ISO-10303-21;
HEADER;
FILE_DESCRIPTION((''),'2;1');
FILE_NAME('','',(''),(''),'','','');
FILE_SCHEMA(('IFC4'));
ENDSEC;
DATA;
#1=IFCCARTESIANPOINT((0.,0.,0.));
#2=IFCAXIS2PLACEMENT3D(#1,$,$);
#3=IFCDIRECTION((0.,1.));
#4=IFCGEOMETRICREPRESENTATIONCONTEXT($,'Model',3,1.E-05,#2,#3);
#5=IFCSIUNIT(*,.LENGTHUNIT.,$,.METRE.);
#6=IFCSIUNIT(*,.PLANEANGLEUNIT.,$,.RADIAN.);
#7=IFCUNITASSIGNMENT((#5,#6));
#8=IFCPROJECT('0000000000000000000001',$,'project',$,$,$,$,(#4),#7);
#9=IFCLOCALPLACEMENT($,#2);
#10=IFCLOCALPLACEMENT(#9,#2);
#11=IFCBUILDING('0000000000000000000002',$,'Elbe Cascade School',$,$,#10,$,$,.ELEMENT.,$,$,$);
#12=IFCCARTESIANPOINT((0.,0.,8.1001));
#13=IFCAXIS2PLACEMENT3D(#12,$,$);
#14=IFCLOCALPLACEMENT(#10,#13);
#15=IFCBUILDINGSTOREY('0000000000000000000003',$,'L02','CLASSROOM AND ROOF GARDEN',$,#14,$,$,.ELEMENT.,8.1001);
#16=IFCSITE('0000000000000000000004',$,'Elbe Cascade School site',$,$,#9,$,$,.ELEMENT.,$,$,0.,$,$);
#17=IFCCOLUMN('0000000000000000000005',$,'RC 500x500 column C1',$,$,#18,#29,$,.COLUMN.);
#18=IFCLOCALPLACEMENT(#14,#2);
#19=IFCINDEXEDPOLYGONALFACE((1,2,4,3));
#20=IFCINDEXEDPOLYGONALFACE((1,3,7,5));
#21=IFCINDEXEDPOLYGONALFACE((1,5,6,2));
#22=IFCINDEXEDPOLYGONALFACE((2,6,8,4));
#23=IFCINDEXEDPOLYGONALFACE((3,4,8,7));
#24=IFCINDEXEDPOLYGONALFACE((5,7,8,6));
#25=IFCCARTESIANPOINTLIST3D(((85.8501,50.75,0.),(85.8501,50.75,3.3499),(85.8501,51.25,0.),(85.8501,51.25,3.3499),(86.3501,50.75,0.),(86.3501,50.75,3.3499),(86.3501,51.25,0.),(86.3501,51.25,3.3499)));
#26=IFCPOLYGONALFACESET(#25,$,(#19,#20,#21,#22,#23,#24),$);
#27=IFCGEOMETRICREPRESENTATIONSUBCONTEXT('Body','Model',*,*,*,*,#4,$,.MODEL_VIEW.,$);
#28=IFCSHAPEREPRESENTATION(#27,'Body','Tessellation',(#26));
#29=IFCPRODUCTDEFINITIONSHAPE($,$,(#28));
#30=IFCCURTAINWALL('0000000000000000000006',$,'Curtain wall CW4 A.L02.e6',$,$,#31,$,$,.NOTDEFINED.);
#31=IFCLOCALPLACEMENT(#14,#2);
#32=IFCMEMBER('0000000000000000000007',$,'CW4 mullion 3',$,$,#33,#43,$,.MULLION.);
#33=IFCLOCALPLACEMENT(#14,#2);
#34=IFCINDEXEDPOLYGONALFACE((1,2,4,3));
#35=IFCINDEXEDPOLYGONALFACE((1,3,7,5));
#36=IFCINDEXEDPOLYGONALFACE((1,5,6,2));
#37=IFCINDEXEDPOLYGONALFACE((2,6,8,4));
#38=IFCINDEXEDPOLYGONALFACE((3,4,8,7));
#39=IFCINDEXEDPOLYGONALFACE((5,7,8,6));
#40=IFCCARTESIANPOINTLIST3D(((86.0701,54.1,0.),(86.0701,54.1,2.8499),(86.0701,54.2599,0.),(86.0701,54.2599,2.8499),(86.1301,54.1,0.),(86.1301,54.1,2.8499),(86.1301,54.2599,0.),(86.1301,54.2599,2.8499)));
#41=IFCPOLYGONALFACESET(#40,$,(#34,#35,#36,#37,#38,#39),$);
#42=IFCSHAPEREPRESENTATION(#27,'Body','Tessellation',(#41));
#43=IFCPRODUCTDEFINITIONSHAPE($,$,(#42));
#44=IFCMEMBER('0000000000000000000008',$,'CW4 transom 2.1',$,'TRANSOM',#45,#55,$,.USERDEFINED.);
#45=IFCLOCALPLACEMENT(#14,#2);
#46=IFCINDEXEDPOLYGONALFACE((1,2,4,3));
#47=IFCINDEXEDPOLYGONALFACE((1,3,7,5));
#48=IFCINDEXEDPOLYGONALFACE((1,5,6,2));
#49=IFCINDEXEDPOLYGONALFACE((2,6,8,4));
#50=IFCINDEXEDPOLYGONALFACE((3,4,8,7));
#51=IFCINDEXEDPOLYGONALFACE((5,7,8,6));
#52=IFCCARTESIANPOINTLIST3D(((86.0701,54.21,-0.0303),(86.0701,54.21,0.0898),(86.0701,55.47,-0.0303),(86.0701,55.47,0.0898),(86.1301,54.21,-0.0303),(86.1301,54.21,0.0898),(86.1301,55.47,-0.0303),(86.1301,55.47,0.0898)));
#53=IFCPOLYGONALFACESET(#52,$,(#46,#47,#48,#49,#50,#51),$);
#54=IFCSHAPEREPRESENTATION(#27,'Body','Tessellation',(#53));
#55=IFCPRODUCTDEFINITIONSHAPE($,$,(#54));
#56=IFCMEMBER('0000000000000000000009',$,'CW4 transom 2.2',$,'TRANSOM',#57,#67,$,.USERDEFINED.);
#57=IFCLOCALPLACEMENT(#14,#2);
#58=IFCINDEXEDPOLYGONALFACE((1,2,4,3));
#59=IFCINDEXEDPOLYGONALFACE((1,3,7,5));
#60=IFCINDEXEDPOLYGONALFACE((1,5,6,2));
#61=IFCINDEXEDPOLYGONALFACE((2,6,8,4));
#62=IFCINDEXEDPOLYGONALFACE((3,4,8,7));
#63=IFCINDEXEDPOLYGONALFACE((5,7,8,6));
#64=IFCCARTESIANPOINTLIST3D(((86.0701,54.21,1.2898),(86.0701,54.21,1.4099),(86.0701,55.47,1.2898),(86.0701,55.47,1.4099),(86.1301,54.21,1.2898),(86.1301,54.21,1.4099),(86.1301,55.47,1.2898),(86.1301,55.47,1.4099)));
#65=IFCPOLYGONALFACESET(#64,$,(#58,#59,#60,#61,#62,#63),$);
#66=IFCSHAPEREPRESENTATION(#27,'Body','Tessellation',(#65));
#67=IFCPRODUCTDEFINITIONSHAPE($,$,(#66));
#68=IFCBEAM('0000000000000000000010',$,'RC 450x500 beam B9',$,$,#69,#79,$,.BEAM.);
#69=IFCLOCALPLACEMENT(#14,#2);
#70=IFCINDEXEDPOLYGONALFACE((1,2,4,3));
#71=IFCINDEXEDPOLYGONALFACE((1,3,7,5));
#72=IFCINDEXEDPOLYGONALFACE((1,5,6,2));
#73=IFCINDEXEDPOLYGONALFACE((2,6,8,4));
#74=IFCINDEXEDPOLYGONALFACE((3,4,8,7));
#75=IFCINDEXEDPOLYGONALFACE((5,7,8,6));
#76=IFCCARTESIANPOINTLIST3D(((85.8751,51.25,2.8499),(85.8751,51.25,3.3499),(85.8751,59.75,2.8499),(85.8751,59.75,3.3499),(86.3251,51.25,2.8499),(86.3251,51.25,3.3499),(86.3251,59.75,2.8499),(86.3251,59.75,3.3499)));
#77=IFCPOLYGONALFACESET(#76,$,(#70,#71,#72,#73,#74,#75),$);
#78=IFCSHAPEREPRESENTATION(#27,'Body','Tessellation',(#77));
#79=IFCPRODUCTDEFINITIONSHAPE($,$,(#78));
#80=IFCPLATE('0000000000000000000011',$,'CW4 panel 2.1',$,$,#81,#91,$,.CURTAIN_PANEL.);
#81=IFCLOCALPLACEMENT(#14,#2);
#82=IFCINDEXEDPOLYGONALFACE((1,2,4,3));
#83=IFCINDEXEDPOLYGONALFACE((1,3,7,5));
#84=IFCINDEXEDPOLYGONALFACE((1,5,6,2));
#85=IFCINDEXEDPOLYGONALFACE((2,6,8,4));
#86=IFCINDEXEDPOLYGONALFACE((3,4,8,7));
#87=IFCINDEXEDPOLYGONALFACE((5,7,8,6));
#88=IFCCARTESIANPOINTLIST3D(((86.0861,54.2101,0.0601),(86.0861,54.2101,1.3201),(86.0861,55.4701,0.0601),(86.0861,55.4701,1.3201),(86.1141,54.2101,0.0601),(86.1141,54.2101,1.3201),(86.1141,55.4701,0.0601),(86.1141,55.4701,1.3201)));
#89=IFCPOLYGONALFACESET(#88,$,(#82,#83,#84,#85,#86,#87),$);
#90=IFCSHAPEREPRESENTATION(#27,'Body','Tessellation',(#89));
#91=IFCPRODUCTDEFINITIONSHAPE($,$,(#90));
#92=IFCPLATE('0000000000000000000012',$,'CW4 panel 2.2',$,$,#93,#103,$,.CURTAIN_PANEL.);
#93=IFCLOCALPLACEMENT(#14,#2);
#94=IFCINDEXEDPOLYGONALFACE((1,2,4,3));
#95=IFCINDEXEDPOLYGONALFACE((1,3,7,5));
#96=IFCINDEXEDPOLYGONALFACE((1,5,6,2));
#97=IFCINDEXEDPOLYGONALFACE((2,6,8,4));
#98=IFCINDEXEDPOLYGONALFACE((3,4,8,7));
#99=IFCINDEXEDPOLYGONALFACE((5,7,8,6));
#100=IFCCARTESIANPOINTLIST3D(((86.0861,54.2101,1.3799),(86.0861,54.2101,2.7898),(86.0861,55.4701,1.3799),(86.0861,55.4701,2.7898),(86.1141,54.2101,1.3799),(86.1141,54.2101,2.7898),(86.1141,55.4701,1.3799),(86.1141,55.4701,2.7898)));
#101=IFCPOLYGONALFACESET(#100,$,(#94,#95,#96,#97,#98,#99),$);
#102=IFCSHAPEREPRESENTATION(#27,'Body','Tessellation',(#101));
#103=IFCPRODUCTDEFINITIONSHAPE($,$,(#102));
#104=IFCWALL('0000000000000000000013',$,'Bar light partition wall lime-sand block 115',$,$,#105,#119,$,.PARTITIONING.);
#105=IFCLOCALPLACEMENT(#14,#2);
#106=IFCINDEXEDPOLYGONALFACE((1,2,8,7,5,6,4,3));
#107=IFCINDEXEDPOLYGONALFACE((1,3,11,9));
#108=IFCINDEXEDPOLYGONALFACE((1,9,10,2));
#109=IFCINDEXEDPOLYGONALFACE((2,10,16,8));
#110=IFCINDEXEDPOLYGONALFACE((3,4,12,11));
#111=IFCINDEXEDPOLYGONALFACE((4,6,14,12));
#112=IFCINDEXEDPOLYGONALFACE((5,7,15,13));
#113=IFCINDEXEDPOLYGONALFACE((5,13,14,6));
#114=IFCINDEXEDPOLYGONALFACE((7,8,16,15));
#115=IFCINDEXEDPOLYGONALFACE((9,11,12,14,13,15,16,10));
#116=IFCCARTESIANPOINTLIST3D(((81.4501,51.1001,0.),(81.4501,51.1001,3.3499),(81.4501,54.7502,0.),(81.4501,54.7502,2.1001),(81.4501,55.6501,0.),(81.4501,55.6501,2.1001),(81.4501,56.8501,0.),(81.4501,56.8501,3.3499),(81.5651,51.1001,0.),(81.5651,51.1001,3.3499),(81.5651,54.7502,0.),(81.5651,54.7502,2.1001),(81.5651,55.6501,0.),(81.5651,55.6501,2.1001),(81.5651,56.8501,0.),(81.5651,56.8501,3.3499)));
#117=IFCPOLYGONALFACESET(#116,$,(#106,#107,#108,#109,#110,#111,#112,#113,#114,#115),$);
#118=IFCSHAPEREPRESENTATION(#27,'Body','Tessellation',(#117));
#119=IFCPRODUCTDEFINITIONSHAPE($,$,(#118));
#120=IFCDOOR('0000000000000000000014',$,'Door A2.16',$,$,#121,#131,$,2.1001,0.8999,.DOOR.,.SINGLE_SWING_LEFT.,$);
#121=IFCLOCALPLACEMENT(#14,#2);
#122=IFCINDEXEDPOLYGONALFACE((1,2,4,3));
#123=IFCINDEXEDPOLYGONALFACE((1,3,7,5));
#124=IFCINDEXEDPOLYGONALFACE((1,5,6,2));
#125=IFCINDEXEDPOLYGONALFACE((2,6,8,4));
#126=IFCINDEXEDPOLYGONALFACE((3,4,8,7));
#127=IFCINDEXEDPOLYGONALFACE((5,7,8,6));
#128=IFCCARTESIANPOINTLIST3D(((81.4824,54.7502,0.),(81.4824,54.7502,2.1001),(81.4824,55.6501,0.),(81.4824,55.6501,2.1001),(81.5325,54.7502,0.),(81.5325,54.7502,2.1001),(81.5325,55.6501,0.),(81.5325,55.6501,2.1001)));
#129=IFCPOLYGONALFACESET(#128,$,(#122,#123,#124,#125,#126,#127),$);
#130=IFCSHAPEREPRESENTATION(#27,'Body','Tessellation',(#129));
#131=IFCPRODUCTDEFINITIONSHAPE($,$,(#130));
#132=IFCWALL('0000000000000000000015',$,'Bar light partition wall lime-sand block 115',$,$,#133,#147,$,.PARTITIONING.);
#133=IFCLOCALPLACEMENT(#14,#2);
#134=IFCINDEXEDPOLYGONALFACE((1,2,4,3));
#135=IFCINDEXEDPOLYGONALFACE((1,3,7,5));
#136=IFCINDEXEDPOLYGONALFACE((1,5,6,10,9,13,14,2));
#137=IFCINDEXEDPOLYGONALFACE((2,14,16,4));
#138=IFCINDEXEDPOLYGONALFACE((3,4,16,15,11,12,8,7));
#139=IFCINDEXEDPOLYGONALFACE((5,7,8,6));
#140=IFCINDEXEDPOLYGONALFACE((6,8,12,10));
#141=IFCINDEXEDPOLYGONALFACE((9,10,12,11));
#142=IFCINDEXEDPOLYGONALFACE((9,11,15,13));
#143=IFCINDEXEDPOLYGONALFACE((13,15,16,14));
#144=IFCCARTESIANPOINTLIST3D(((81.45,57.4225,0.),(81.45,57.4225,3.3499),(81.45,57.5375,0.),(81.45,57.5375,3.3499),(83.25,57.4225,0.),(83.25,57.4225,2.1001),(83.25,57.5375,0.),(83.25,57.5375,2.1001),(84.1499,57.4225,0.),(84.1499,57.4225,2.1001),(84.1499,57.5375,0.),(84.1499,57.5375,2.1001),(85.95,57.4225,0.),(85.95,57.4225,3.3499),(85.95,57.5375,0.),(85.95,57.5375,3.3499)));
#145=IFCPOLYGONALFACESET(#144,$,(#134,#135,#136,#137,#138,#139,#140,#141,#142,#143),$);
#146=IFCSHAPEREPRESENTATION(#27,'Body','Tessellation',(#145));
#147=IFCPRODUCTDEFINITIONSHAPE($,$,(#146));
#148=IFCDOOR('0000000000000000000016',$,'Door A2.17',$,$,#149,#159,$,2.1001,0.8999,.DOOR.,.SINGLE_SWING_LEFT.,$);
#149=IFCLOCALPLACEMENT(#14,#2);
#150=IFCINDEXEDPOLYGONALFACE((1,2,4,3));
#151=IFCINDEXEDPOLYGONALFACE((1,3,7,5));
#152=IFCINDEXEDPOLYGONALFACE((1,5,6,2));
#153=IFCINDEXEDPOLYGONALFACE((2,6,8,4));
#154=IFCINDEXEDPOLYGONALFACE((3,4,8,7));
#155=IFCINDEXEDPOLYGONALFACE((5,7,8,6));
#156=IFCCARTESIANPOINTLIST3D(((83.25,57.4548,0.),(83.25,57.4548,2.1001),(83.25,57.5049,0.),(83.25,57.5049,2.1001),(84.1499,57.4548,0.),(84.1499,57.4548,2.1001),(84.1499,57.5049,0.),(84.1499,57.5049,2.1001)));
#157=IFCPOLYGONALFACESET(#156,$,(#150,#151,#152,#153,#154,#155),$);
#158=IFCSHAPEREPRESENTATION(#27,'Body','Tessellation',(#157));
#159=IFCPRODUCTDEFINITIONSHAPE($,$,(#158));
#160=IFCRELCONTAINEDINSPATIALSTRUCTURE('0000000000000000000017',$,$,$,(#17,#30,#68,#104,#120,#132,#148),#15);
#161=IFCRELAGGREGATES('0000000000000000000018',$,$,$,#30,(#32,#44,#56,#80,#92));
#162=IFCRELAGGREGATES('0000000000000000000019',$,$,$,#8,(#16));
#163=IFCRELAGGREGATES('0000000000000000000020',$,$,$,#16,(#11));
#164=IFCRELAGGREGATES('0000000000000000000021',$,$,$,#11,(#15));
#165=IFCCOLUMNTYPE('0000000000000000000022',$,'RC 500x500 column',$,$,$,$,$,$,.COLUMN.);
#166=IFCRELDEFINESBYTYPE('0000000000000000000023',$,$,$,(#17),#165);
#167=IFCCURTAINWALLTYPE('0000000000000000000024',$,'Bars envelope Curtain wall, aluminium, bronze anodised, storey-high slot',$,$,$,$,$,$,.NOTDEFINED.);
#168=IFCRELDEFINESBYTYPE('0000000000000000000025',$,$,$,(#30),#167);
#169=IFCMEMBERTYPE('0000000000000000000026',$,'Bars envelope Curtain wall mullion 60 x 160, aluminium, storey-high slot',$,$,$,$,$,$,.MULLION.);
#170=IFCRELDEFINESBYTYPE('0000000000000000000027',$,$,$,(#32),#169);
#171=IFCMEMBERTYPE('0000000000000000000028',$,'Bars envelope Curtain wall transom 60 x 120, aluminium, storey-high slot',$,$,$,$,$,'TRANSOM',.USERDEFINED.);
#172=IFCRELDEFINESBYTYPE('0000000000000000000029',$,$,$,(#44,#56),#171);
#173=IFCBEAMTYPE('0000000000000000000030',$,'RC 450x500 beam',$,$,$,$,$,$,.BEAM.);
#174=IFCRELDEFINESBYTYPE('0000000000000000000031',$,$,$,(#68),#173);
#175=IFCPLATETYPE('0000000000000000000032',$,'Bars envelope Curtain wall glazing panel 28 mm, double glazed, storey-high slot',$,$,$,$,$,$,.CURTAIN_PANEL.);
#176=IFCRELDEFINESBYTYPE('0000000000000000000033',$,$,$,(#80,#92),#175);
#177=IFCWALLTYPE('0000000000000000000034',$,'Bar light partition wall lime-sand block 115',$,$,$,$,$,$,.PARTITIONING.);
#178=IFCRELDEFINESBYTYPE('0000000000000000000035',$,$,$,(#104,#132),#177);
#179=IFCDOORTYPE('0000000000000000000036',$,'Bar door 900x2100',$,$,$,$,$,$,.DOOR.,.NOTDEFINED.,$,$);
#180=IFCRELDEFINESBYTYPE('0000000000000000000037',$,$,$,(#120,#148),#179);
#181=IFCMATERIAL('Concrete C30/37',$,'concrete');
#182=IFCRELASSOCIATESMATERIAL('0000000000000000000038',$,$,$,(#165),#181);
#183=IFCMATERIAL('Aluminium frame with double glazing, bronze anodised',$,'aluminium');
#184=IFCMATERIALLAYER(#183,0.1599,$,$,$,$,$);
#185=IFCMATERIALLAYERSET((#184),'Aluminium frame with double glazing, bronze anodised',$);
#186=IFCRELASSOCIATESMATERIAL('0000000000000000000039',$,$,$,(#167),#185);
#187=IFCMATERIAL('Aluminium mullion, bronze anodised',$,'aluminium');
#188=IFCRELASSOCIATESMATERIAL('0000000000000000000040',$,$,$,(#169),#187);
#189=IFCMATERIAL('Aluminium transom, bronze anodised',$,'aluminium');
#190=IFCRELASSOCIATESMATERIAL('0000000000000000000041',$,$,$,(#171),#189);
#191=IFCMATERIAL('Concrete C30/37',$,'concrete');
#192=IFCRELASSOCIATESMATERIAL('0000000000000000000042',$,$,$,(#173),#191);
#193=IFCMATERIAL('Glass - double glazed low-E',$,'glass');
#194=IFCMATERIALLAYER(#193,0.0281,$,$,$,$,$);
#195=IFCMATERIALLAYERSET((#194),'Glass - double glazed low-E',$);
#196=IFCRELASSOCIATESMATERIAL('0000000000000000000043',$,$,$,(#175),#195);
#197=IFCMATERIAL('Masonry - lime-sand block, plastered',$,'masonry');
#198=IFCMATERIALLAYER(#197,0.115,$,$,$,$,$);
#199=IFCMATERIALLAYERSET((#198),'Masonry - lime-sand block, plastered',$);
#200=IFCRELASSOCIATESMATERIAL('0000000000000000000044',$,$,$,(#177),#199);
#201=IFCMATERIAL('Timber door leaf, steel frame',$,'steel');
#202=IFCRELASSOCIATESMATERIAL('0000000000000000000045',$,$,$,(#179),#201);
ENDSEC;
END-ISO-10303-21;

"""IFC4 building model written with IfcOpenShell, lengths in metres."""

from ifc_helpers import new_model, si_unit, direction, frame, frame_2d, origin, origin_2d, place, context, subcontext, project, spatial, rectangle, extrude, material, layer, layer_set, material_profile, profile_set, type_object, element, fill, aggregate, save


model = new_model("IFC4")

# Units and contexts
model_context = context("Model", 3, precision=1e-05, world=origin(), true_north=direction((0.0, 1.0)))
body_context = subcontext(model_context, "Body", "Model", "MODEL_VIEW")
ifc_project = project(units=[si_unit("LENGTHUNIT", "METRE"), si_unit("PLANEANGLEUNIT", "RADIAN")], contexts=[model_context])

# Site, building, storey
site_placement = place(None, origin())
site = spatial("IfcSite", under=ifc_project, at=site_placement, Name="Elbe Cascade School site", CompositionType="ELEMENT", RefElevation=0.0)
building_placement = place(site_placement, origin())
building = spatial("IfcBuilding", under=site, at=building_placement, Name="Elbe Cascade School", CompositionType="ELEMENT")
storey_placement = place(building_placement, frame((0.0, 0.0, 8.1001)))
storey = spatial("IfcBuildingStorey", under=building, at=storey_placement, Name="L02", Description="CLASSROOM AND ROOF GARDEN", CompositionType="ELEMENT", Elevation=8.1001)

# Column
ifc_material_1 = material(Name="Concrete C30/37", Category="concrete")
ifc_material_profile_1 = material_profile(ifc_material_1, rectangle(XDim=0.5, YDim=0.5, at=origin_2d()), Name="RC 500x500")
ifc_profile_set_1 = profile_set([ifc_material_profile_1], Name="Concrete C30/37")
column_type = type_object("IfcColumnType", Name="RC 500x500 column", PredefinedType="COLUMN", material=ifc_profile_set_1)
column_placement = place(storey_placement, frame((86.1001, 51.0, 0.0), z_axis=(0.0, 0.0, 1.0), x_axis=(1.0, 0.0, 0.0)))
element("IfcColumn", 1, at=column_placement, inside=storey, type_object=column_type, Name="RC 500x500 column C1", PredefinedType="COLUMN", context=body_context, shape_type="SweptSolid", body=[
    extrude(rectangle(XDim=0.5, YDim=0.5, at=origin_2d()), origin(), (0.0, 0.0, 1.0), 3.3499),
])

# Curtain wall, members
ifc_material_2 = material(Name="Aluminium frame with double glazing, bronze anodised", Category="aluminium")
ifc_layer_1 = layer(ifc_material_2, 0.1599)
ifc_layer_set_1 = layer_set([ifc_layer_1], Name="Aluminium frame with double glazing, bronze anodised")
curtain_wall_type = type_object("IfcCurtainWallType", Name="Bars envelope Curtain wall, aluminium, bronze anodised, storey-high slot", PredefinedType="NOTDEFINED", material=ifc_layer_set_1)
curtain_wall_placement = place(storey_placement, origin())
curtain_wall = element("IfcCurtainWall", 2, at=curtain_wall_placement, inside=storey, type_object=curtain_wall_type, Name="Curtain wall CW4 A.L02.e6", PredefinedType="NOTDEFINED")
ifc_material_3 = material(Name="Aluminium mullion, bronze anodised", Category="aluminium")
ifc_material_profile_2 = material_profile(ifc_material_3, rectangle(XDim=0.0601, YDim=0.1599, at=origin_2d()), Name="Bars envelope Curtain wall mullion 60 x 160, aluminium, storey-high slot")
ifc_profile_set_2 = profile_set([ifc_material_profile_2], Name="Aluminium mullion, bronze anodised")
member_type_1 = type_object("IfcMemberType", Name="Bars envelope Curtain wall mullion 60 x 160, aluminium, storey-high slot", PredefinedType="MULLION", material=ifc_profile_set_2)
member_1_placement = place(storey_placement, frame((86.1001, 54.1799, 0.0), z_axis=(0.0, 0.0, 1.0), x_axis=(1.0, 0.0, 0.0)))
member_1 = element("IfcMember", 3, at=member_1_placement, type_object=member_type_1, Name="CW4 mullion 3", PredefinedType="MULLION", context=body_context, shape_type="SweptSolid", body=[
    extrude(rectangle(XDim=0.0601, YDim=0.1599, at=origin_2d()), origin(), (0.0, 0.0, 1.0), 2.8499),
])
ifc_material_4 = material(Name="Aluminium transom, bronze anodised", Category="aluminium")
ifc_material_profile_3 = material_profile(ifc_material_4, rectangle(XDim=0.0601, YDim=0.1201, at=origin_2d()), Name="Bars envelope Curtain wall transom 60 x 120, aluminium, storey-high slot")
ifc_profile_set_3 = profile_set([ifc_material_profile_3], Name="Aluminium transom, bronze anodised")
member_type_2 = type_object("IfcMemberType", Name="Bars envelope Curtain wall transom 60 x 120, aluminium, storey-high slot", ElementType="TRANSOM", PredefinedType="USERDEFINED", material=ifc_profile_set_3)
member_2_placement = place(storey_placement, frame((86.1001, 55.47, 0.0298), z_axis=(0.0, -1.0, 0.0), x_axis=(1.0, 0.0, 0.0)))
member_2 = element("IfcMember", 4, at=member_2_placement, type_object=member_type_2, Name="CW4 transom 2.1", ObjectType="TRANSOM", PredefinedType="USERDEFINED", context=body_context, shape_type="SweptSolid", body=[
    extrude(rectangle(XDim=0.0601, YDim=0.1201, at=origin_2d()), origin(), (0.0, 0.0, 1.0), 1.26),
])
member_3_placement = place(storey_placement, frame((86.1001, 55.47, 1.3499), z_axis=(0.0, -1.0, 0.0), x_axis=(1.0, 0.0, 0.0)))
member_3 = element("IfcMember", 5, at=member_3_placement, type_object=member_type_2, Name="CW4 transom 2.2", ObjectType="TRANSOM", PredefinedType="USERDEFINED", context=body_context, shape_type="SweptSolid", body=[
    extrude(rectangle(XDim=0.0601, YDim=0.1201, at=origin_2d()), origin(), (0.0, 0.0, 1.0), 1.26),
])

# Beam
ifc_material_5 = material(Name="Concrete C30/37", Category="concrete")
ifc_material_profile_4 = material_profile(ifc_material_5, rectangle(XDim=0.45, YDim=0.5, at=origin_2d()), Name="RC 450x500")
ifc_profile_set_4 = profile_set([ifc_material_profile_4], Name="Concrete C30/37")
beam_type = type_object("IfcBeamType", Name="RC 450x500 beam", PredefinedType="BEAM", material=ifc_profile_set_4)
beam_placement = place(storey_placement, frame((86.1001, 51.25, 3.0999), z_axis=(0.0, 1.0, 0.0), x_axis=(-1.0, 0.0, 0.0)))
element("IfcBeam", 6, at=beam_placement, inside=storey, type_object=beam_type, Name="RC 450x500 beam B9", PredefinedType="BEAM", context=body_context, shape_type="SweptSolid", body=[
    extrude(rectangle(XDim=0.45, YDim=0.5, at=origin_2d()), origin(), (0.0, 0.0, 1.0), 8.5),
])

# Plates
ifc_material_6 = material(Name="Glass - double glazed low-E", Category="glass")
ifc_layer_2 = layer(ifc_material_6, 0.0281)
ifc_layer_set_2 = layer_set([ifc_layer_2], Name="Glass - double glazed low-E")
plate_type = type_object("IfcPlateType", Name="Bars envelope Curtain wall glazing panel 28 mm, double glazed, storey-high slot", PredefinedType="CURTAIN_PANEL", material=ifc_layer_set_2)
plate_1_placement = place(storey_placement, frame((86.1001, 54.8401, 0.0601), z_axis=(0.0, 0.0, 1.0), x_axis=(0.0, -1.0, 0.0)))
plate_1 = element("IfcPlate", 7, at=plate_1_placement, type_object=plate_type, Name="CW4 panel 2.1", PredefinedType="CURTAIN_PANEL", context=body_context, shape_type="SweptSolid", body=[
    extrude(rectangle(XDim=1.26, YDim=0.0281, at=origin_2d()), origin(), (0.0, 0.0, 1.0), 1.26),
])
plate_2_placement = place(storey_placement, frame((86.1001, 54.8401, 1.3799), z_axis=(0.0, 0.0, 1.0), x_axis=(0.0, -1.0, 0.0)))
plate_2 = element("IfcPlate", 8, at=plate_2_placement, type_object=plate_type, Name="CW4 panel 2.2", PredefinedType="CURTAIN_PANEL", context=body_context, shape_type="SweptSolid", body=[
    extrude(rectangle(XDim=1.26, YDim=0.0281, at=origin_2d()), origin(), (0.0, 0.0, 1.0), 1.4099),
])
aggregate(curtain_wall, [member_1, member_2, member_3, plate_1, plate_2])

# Walls, openings, doors
ifc_material_7 = material(Name="Masonry - lime-sand block, plastered", Category="masonry")
ifc_layer_3 = layer(ifc_material_7, 0.115)
ifc_layer_set_3 = layer_set([ifc_layer_3], Name="Masonry - lime-sand block, plastered")
wall_type_1 = type_object("IfcWallType", Name="Bar light partition wall lime-sand block 115", PredefinedType="PARTITIONING", material=ifc_layer_set_3)
wall_1_placement = place(storey_placement, frame((81.5076, 56.8501, 0.0), z_axis=(0.0, 0.0, 1.0), x_axis=(0.0, -1.0, 0.0)))
wall_1 = element("IfcWall", 9, at=wall_1_placement, inside=storey, type_object=wall_type_1, Name="Bar light partition wall lime-sand block 115", PredefinedType="PARTITIONING", context=body_context, shape_type="SweptSolid", body=[
    extrude(rectangle(XDim=5.75, YDim=0.115, at=frame_2d((2.875, 0.0))), origin(), (0.0, 0.0, 1.0), 3.3499),
])
opening_1_placement = place(wall_1_placement, frame((1.2, 0.0, 0.0)))
opening_1 = element("IfcOpeningElement", 10, at=opening_1_placement, cuts=wall_1, PredefinedType="OPENING", context=body_context, shape_type="SweptSolid", body=[
    extrude(rectangle(XDim=0.8999, YDim=2.1001, at=frame_2d((0.45, 1.05))), frame((0.0, 0.0674, 0.0), z_axis=(0.0, -1.0, 0.0), x_axis=(1.0, 0.0, 0.0)), (0.0, 0.0, 1.0), 0.135),
])
ifc_material_8 = material(Name="Timber door leaf, steel frame", Category="steel")
door_type = type_object("IfcDoorType", Name="Bar door 900x2100", OperationType="NOTDEFINED", PredefinedType="DOOR", material=ifc_material_8)
door_1_placement = place(opening_1_placement, origin())
door_1 = element("IfcDoor", 11, at=door_1_placement, inside=storey, type_object=door_type, Name="Door A2.16", OperationType="SINGLE_SWING_LEFT", OverallHeight=2.1001, OverallWidth=0.8999, PredefinedType="DOOR", context=body_context, shape_type="SweptSolid", body=[
    extrude(rectangle(XDim=0.8999, YDim=2.1001, at=frame_2d((0.45, 1.05))), frame((0.0, 0.0249, 0.0), z_axis=(0.0, -1.0, 0.0), x_axis=(1.0, 0.0, 0.0)), (0.0, 0.0, 1.0), 0.05),
])
fill(opening_1, door_1)
wall_2_placement = place(storey_placement, frame((81.45, 57.48, 0.0), z_axis=(0.0, 0.0, 1.0), x_axis=(1.0, 0.0, 0.0)))
wall_2 = element("IfcWall", 12, at=wall_2_placement, inside=storey, type_object=wall_type_1, Name="Bar light partition wall lime-sand block 115", PredefinedType="PARTITIONING", context=body_context, shape_type="SweptSolid", body=[
    extrude(rectangle(XDim=4.5, YDim=0.115, at=frame_2d((2.25, 0.0))), origin(), (0.0, 0.0, 1.0), 3.3499),
])
opening_2_placement = place(wall_2_placement, frame((1.8, 0.0, 0.0)))
opening_2 = element("IfcOpeningElement", 13, at=opening_2_placement, cuts=wall_2, PredefinedType="OPENING", context=body_context, shape_type="SweptSolid", body=[
    extrude(rectangle(XDim=0.8999, YDim=2.1001, at=frame_2d((0.45, 1.05))), frame((0.0, 0.0674, 0.0), z_axis=(0.0, -1.0, 0.0), x_axis=(1.0, 0.0, 0.0)), (0.0, 0.0, 1.0), 0.135),
])
door_2_placement = place(opening_2_placement, origin())
door_2 = element("IfcDoor", 14, at=door_2_placement, inside=storey, type_object=door_type, Name="Door A2.17", OperationType="SINGLE_SWING_LEFT", OverallHeight=2.1001, OverallWidth=0.8999, PredefinedType="DOOR", context=body_context, shape_type="SweptSolid", body=[
    extrude(rectangle(XDim=0.8999, YDim=2.1001, at=frame_2d((0.45, 1.05))), frame((0.0, 0.0249, 0.0), z_axis=(0.0, -1.0, 0.0), x_axis=(1.0, 0.0, 0.0)), (0.0, 0.0, 1.0), 0.05),
])
fill(opening_2, door_2)

save(model, "model.ifc")
